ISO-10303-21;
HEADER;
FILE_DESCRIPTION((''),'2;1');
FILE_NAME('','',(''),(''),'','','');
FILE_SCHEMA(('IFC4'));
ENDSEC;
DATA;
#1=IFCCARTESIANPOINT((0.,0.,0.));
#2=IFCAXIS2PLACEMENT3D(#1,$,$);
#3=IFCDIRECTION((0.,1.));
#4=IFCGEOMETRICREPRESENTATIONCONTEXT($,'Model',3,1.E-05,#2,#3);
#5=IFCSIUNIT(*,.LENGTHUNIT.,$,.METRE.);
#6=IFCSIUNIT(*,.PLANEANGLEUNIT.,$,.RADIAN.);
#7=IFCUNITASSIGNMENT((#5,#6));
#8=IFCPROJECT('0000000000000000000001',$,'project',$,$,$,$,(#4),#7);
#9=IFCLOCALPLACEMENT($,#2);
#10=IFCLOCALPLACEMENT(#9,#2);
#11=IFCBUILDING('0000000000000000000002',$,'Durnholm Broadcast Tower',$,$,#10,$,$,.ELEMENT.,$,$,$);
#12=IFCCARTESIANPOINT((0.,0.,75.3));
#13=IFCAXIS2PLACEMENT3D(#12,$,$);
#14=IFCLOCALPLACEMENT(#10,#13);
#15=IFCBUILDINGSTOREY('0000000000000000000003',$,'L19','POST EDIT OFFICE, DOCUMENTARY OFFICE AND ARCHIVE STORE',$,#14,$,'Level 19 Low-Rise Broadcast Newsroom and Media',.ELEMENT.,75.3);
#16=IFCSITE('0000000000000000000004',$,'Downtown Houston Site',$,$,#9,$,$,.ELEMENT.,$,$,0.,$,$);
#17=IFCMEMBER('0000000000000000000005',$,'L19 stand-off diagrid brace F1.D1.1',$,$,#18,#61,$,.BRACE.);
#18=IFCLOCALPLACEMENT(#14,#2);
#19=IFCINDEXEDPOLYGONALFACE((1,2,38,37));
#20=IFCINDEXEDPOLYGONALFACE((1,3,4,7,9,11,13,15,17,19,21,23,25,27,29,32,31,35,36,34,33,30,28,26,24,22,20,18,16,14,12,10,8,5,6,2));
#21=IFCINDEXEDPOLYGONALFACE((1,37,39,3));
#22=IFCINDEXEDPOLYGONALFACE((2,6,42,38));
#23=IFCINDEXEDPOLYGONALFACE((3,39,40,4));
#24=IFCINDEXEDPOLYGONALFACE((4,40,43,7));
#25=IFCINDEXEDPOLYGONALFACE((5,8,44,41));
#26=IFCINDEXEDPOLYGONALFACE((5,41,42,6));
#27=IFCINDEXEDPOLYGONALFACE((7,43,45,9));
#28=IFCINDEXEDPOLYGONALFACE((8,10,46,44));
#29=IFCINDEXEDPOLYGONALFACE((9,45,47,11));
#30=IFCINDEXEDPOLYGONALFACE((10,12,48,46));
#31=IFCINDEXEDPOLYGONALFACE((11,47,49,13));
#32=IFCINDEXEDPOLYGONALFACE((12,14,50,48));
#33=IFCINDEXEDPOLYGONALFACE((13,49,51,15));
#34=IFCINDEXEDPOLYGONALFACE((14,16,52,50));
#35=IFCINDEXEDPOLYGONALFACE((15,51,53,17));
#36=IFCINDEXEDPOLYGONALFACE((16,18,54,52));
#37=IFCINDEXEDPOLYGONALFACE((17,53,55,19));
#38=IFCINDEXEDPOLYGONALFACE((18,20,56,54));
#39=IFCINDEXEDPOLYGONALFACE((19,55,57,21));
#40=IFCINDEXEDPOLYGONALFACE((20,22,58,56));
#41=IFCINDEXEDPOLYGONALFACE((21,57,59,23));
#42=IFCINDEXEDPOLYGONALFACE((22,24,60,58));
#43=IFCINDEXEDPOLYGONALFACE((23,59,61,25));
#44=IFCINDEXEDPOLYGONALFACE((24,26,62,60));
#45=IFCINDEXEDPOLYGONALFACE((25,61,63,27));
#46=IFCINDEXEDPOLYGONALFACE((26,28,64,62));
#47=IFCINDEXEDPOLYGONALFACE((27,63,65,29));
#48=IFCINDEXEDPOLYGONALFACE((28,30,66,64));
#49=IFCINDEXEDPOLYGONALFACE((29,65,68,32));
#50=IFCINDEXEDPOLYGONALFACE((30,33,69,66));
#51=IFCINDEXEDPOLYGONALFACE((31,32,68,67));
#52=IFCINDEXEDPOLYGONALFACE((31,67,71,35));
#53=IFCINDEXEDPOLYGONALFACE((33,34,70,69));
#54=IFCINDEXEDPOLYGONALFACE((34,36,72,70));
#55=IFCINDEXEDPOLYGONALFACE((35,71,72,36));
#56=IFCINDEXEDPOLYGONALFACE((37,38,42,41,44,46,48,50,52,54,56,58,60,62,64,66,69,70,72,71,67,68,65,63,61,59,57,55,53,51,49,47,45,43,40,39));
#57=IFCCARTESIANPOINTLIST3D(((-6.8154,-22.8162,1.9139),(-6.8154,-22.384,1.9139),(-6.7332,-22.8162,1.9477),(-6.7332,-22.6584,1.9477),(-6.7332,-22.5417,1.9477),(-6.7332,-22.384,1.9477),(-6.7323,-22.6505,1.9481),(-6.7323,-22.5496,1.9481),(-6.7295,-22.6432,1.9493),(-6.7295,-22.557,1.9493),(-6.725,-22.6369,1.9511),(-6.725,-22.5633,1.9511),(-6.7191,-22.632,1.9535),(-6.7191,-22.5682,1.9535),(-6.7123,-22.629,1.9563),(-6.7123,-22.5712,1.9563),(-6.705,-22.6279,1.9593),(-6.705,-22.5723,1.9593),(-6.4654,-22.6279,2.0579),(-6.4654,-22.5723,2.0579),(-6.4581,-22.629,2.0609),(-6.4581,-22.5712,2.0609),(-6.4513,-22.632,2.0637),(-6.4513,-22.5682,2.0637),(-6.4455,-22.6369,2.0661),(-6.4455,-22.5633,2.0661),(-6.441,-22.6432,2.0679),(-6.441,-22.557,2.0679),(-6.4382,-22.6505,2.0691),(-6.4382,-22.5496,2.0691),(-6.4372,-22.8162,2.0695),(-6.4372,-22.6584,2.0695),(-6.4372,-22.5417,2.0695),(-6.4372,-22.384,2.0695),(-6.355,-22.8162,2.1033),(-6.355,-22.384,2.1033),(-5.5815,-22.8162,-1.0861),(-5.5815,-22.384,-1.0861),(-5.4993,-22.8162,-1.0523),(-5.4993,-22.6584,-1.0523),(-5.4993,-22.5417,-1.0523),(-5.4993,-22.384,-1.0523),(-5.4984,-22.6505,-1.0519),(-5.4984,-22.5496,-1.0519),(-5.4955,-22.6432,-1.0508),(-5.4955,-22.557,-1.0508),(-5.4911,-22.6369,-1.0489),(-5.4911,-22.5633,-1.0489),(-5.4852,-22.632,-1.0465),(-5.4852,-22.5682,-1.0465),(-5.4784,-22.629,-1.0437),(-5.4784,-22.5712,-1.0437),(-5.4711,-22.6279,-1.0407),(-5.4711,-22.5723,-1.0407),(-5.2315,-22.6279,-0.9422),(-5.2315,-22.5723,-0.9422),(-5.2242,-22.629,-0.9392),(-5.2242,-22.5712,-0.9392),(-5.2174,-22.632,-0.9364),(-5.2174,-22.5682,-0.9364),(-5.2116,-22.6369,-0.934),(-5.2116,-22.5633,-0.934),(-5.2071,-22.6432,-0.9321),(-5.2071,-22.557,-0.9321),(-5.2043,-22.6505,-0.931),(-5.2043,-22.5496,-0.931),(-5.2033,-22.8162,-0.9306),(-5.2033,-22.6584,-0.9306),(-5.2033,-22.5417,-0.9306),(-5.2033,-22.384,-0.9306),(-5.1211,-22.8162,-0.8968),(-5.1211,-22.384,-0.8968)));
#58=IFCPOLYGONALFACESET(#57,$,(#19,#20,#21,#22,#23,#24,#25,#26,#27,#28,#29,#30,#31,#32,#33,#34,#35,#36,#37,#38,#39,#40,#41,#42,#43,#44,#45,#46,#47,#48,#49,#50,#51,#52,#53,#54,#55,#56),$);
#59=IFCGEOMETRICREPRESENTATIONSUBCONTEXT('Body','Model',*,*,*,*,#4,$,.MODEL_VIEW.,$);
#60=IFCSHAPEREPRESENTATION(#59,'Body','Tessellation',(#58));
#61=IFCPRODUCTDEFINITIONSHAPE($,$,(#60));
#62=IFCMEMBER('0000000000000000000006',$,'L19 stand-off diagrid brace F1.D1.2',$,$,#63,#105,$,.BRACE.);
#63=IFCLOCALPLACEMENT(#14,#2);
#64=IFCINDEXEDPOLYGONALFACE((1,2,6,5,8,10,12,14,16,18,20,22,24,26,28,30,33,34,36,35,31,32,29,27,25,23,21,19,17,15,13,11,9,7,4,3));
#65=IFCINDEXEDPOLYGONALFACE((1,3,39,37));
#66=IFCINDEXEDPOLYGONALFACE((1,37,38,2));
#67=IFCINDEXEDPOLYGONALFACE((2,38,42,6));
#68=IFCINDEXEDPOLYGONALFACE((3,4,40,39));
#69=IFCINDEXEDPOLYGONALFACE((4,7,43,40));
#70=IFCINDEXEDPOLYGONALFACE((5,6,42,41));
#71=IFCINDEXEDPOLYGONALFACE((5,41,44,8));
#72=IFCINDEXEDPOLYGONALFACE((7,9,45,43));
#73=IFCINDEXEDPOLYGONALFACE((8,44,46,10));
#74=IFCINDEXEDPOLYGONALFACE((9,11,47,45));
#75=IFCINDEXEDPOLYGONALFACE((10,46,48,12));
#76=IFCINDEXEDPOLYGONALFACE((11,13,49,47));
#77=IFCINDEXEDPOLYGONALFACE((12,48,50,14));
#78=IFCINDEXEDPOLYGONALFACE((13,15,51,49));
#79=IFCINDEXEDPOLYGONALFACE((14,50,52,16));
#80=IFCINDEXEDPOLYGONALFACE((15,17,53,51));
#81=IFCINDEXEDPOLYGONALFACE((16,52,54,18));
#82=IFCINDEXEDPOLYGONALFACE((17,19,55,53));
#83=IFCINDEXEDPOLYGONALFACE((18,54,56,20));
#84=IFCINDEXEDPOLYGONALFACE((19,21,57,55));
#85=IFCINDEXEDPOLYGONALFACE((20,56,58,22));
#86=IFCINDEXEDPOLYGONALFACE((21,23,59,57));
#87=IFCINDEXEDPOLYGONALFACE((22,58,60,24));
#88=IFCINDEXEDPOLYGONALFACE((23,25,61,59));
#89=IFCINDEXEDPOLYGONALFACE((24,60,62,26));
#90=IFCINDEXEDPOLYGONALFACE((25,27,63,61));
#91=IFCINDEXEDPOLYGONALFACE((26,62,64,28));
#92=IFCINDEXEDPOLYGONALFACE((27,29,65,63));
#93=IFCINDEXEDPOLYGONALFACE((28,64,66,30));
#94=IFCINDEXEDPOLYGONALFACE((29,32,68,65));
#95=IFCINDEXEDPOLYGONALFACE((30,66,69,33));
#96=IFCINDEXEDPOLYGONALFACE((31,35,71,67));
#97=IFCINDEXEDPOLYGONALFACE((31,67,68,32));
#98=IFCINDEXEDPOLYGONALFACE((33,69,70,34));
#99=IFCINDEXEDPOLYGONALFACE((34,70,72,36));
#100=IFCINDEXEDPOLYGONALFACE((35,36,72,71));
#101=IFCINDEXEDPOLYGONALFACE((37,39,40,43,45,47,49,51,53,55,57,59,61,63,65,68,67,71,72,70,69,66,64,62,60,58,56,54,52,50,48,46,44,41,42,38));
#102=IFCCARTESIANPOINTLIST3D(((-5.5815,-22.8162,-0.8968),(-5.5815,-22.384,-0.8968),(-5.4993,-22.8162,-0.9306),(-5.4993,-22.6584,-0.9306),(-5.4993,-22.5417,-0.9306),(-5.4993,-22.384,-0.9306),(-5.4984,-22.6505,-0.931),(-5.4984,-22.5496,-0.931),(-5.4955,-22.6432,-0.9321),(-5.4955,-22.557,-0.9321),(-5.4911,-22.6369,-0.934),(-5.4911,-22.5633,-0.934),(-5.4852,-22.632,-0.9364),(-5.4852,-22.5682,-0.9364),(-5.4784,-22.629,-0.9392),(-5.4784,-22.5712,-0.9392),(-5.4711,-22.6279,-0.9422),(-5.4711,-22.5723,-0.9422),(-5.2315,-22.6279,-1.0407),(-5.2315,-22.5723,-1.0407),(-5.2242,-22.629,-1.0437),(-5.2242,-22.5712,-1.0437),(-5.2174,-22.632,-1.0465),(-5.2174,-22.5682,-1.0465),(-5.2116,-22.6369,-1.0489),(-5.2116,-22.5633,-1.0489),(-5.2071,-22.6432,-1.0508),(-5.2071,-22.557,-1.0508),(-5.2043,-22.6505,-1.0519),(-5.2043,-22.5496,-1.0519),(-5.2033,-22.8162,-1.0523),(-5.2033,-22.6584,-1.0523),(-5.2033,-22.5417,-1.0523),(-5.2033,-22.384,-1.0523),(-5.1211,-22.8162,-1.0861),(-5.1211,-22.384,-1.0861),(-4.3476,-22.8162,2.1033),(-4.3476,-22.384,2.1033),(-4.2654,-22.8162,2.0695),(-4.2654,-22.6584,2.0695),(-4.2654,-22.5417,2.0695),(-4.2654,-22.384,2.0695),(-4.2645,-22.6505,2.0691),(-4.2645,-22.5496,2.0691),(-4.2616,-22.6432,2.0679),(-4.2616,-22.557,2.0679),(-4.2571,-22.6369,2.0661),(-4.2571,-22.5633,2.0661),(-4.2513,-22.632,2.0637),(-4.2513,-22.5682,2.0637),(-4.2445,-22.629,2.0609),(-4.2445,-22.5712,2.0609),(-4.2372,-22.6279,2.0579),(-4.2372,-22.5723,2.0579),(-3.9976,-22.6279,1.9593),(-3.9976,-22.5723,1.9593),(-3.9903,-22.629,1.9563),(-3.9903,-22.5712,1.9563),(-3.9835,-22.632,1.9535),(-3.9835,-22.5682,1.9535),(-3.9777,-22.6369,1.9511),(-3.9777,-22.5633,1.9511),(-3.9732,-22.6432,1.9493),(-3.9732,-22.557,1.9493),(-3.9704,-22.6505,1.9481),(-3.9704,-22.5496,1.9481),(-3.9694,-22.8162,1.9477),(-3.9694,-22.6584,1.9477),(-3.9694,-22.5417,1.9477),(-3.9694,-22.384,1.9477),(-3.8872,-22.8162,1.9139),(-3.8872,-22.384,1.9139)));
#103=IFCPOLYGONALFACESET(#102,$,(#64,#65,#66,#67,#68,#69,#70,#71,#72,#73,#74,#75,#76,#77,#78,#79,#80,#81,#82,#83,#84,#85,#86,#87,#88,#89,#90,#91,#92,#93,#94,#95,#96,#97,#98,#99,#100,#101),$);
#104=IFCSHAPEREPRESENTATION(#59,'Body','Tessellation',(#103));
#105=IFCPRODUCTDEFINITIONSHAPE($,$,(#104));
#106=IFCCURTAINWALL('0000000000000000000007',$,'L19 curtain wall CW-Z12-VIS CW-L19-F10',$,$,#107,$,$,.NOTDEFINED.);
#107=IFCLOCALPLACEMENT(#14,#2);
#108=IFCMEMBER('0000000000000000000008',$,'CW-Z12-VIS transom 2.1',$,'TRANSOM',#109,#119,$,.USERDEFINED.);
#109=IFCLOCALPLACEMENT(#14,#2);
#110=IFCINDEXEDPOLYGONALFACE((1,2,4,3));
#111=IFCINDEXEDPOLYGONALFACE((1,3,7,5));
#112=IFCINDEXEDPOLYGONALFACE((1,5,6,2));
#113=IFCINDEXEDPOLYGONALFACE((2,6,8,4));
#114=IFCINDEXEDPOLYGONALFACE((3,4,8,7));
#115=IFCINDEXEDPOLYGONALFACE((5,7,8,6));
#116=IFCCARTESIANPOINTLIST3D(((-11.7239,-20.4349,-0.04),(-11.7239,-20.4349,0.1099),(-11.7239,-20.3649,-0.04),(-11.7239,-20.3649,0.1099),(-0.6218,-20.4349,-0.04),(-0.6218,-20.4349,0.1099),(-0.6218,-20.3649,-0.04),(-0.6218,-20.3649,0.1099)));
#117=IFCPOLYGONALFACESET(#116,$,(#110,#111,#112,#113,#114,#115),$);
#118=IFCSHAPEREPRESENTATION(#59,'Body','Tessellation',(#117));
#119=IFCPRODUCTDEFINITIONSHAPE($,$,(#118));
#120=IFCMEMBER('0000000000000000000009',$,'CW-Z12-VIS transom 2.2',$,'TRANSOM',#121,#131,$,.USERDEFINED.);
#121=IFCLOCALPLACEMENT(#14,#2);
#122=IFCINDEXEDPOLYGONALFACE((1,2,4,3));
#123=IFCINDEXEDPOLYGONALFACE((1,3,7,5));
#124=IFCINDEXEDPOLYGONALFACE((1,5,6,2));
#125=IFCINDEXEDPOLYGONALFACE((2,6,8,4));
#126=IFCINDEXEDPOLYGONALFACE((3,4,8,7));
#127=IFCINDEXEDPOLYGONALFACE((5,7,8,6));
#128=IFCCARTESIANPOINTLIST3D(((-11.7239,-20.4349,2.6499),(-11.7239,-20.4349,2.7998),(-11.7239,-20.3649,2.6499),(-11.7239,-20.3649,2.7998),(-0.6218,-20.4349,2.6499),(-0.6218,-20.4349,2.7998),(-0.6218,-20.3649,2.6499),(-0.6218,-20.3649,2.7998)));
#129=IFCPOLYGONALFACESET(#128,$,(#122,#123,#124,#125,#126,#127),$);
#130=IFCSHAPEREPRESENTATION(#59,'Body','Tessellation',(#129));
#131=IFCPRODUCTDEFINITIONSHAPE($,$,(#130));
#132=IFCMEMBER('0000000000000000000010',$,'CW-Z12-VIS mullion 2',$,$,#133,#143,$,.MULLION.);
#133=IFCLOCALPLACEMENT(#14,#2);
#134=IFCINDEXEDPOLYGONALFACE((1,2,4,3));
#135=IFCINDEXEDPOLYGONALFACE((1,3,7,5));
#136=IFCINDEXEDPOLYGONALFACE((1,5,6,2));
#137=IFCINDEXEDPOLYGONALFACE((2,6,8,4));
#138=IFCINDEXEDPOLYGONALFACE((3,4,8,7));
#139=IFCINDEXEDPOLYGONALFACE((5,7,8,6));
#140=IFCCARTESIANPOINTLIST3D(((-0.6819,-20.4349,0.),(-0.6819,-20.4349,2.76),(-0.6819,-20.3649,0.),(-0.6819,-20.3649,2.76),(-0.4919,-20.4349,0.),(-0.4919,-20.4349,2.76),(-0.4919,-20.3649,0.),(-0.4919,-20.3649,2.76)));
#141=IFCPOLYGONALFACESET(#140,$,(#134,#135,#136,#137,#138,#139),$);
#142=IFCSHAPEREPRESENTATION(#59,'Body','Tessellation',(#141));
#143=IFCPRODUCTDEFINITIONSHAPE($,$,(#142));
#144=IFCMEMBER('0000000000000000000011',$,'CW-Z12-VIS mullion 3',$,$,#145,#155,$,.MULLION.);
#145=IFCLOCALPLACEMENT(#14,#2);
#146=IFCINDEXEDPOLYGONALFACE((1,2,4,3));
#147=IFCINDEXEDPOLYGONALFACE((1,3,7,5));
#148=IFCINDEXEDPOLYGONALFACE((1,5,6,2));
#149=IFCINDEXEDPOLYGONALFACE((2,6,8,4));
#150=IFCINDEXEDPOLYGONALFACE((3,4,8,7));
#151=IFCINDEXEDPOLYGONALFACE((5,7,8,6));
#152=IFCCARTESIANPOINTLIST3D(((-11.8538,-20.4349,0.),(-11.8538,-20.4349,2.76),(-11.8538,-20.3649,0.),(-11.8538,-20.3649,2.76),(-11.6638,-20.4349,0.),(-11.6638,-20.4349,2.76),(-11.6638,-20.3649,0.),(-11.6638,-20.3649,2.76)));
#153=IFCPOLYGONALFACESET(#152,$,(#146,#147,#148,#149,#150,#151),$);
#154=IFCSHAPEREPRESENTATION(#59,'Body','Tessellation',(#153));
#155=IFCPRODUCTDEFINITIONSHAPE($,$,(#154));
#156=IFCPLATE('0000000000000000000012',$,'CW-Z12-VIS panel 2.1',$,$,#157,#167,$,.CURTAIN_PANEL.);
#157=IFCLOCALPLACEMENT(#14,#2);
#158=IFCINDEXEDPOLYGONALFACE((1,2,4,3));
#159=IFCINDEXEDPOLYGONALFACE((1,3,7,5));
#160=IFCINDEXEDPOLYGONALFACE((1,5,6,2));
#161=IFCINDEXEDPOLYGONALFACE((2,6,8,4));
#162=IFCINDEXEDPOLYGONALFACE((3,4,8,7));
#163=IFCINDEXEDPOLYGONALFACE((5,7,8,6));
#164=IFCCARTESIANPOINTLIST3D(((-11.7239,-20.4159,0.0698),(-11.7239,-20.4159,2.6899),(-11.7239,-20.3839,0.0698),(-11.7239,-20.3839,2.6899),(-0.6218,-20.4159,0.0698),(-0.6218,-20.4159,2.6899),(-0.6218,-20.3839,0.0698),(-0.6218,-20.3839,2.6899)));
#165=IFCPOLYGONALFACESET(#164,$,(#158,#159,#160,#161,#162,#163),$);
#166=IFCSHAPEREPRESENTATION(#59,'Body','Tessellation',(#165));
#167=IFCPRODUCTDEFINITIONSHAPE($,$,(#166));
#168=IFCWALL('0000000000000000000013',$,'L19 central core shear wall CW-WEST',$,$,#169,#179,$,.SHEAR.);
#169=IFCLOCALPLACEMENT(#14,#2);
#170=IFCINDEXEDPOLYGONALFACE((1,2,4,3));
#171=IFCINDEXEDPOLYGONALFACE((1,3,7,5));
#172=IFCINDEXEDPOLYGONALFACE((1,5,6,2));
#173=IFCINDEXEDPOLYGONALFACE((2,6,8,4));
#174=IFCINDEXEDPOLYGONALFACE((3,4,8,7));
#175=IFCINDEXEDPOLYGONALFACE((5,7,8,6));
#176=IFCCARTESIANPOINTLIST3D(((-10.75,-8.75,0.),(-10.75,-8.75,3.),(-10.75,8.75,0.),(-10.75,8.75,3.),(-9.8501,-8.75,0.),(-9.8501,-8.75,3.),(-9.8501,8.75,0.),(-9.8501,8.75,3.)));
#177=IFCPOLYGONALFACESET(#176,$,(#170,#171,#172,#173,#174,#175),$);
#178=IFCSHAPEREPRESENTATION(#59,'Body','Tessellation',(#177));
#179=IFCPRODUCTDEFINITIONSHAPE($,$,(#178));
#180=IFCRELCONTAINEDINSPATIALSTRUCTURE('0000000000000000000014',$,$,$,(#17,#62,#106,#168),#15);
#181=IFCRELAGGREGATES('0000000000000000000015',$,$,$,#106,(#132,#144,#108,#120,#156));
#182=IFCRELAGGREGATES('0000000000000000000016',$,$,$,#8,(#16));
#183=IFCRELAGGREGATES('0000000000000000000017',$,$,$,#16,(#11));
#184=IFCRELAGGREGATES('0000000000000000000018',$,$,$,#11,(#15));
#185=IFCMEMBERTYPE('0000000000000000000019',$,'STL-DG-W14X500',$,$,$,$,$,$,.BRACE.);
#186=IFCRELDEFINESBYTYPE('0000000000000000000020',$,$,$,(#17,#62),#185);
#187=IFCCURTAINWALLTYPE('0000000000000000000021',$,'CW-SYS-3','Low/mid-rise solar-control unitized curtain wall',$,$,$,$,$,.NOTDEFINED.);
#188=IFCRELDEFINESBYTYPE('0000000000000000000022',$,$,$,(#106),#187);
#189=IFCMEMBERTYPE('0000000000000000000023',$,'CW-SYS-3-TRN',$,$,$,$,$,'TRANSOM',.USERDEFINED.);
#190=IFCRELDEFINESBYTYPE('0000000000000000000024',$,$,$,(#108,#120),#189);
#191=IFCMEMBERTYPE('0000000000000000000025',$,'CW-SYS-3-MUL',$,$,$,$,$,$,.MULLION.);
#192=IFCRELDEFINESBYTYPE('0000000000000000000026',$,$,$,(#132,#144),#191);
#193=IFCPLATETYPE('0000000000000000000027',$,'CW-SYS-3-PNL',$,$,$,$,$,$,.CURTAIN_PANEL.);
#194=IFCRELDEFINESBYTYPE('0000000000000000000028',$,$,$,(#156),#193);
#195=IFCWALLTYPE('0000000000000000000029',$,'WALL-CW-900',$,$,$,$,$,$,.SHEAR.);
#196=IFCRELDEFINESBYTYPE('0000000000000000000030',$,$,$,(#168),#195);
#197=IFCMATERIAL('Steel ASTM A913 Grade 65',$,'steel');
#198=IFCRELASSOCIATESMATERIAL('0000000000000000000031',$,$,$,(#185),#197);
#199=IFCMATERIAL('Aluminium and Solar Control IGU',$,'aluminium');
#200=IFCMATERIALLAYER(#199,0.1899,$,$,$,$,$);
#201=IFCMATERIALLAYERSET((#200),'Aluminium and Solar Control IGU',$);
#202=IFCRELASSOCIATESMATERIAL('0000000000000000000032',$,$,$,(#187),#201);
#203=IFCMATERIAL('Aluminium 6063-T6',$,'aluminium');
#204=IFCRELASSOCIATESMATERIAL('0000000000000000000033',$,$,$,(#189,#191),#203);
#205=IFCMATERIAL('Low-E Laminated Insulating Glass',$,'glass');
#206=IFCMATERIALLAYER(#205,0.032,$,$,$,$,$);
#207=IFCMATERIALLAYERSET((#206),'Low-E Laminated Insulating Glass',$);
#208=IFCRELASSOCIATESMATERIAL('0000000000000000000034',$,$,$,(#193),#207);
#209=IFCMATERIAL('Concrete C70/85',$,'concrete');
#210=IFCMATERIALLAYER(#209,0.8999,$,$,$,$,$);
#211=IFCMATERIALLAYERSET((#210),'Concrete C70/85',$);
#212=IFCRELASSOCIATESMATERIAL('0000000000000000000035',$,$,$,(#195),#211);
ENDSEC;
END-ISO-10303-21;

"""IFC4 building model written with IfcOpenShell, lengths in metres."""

from ifc_helpers import new_model, si_unit, direction, frame, frame_2d, origin, origin_2d, place, context, subcontext, project, spatial, rectangle, i_section, extrude, source, transform, mapped, material, layer, layer_set, material_profile, profile_set, type_object, type_shapes, element, aggregate, save


model = new_model("IFC4")

# Units and contexts
model_context = context("Model", 3, precision=1e-05, world=origin(), true_north=direction((0.0, 1.0)))
body_context = subcontext(model_context, "Body", "Model", "MODEL_VIEW")
ifc_project = project(units=[si_unit("LENGTHUNIT", "METRE"), si_unit("PLANEANGLEUNIT", "RADIAN")], contexts=[model_context])

# Site, building, storey
site_placement = place(None, origin())
site = spatial("IfcSite", under=ifc_project, at=site_placement, Name="Downtown Houston Site", CompositionType="ELEMENT", RefElevation=0.0)
building_placement = place(site_placement, origin())
building = spatial("IfcBuilding", under=site, at=building_placement, Name="Durnholm Broadcast Tower", CompositionType="ELEMENT")
storey_placement = place(building_placement, frame((0.0, 0.0, 75.3)))
storey = spatial("IfcBuildingStorey", under=building, at=storey_placement, Name="L19", Description="POST EDIT OFFICE, DOCUMENTARY OFFICE AND ARCHIVE STORE", LongName="Level 19 Low-Rise Broadcast Newsroom and Media", CompositionType="ELEMENT", Elevation=75.3)

# Shared definitions
ifc_material_1 = material(Name="Concrete C70/85", Category="concrete")

# Members
ifc_material_2 = material(Name="Steel ASTM A913 Grade 65", Category="steel")
ifc_material_profile_1 = material_profile(ifc_material_2, i_section(OverallWidth=0.4321, OverallDepth=0.4978, WebThickness=0.0557, FlangeThickness=0.0889, FilletRadius=0.0305, at=origin_2d()), Name="W14X500")
ifc_profile_set_1 = profile_set([ifc_material_profile_1], Name="Steel ASTM A913 Grade 65")
member_type_1 = type_object("IfcMemberType", Name="STL-DG-W14X500", PredefinedType="BRACE", material=ifc_profile_set_1)
shared_shape_1 = source(origin(), body_context, "Body", "SweptSolid", [
    extrude(i_section(OverallWidth=0.4321, OverallDepth=0.4978, WebThickness=0.0557, FlangeThickness=0.0889, FilletRadius=0.0305, at=origin_2d()), origin(), (0.0, 0.0, 1.0), 3.2439),
])
type_shapes(member_type_1, [shared_shape_1])
for number, where, z_axis, x_axis, name in (
    (1, (-5.3513, -22.6001, -0.9915), (-0.380379, 0.0, 0.924831), (0.0, -1.0, 0.0), "L19 stand-off diagrid brace F1.D1.1"),
    (2, (-5.3513, -22.6001, -0.9915), (0.380379, 0.0, 0.924831), (0.0, 1.0, 0.0), "L19 stand-off diagrid brace F1.D1.2"),
):
    element("IfcMember", number, at=place(storey_placement, frame(where, z_axis=z_axis, x_axis=x_axis)), inside=storey, type_object=member_type_1, Name=name, PredefinedType="BRACE", context=body_context, shape_type="MappedRepresentation", body=[
        mapped(shared_shape_1, transform((0.0, 0.0, 0.0), x_axis=(1.0, 0.0, 0.0), y_axis=(0.0, 1.0, 0.0), z_axis=(0.0, 0.0, 1.0), scale=1.0)),
    ])

# Curtain wall, members, plate
ifc_material_3 = material(Name="Aluminium and Solar Control IGU", Category="aluminium")
ifc_layer_1 = layer(ifc_material_3, 0.1899)
ifc_layer_set_1 = layer_set([ifc_layer_1], Name="Aluminium and Solar Control IGU")
curtain_wall_type = type_object("IfcCurtainWallType", Name="CW-SYS-3", Description="Low/mid-rise solar-control unitized curtain wall", PredefinedType="NOTDEFINED", material=ifc_layer_set_1)
curtain_wall_placement = place(storey_placement, origin())
curtain_wall = element("IfcCurtainWall", 3, at=curtain_wall_placement, inside=storey, type_object=curtain_wall_type, Name="L19 curtain wall CW-Z12-VIS CW-L19-F10", PredefinedType="NOTDEFINED")
ifc_material_4 = material(Name="Aluminium 6063-T6", Category="aluminium")
ifc_material_profile_2 = material_profile(ifc_material_4, rectangle(XDim=0.0701, YDim=0.1499, at=origin_2d()), Name="CWT70X150")
ifc_profile_set_2 = profile_set([ifc_material_profile_2], Name="Aluminium 6063-T6")
member_type_2 = type_object("IfcMemberType", Name="CW-SYS-3-TRN", ElementType="TRANSOM", PredefinedType="USERDEFINED", material=ifc_profile_set_2)
shared_shape_2 = source(origin(), body_context, "Body", "SweptSolid", [
    extrude(rectangle(XDim=0.0701, YDim=0.1499, at=origin_2d()), origin(), (0.0, 0.0, 1.0), 11.1021),
])
type_shapes(member_type_2, [shared_shape_2])
member_1_placement = place(storey_placement, frame((-0.6218, -20.3999, 0.0349), z_axis=(-1.0, 0.0, 0.0), x_axis=(0.0, -1.0, 0.0)))
member_1 = element("IfcMember", 4, at=member_1_placement, type_object=member_type_2, Name="CW-Z12-VIS transom 2.1", ObjectType="TRANSOM", PredefinedType="USERDEFINED", context=body_context, shape_type="MappedRepresentation", body=[
    mapped(shared_shape_2, transform((0.0, 0.0, 0.0), x_axis=(1.0, 0.0, 0.0), y_axis=(0.0, 1.0, 0.0), z_axis=(0.0, 0.0, 1.0), scale=1.0)),
])
member_2_placement = place(storey_placement, frame((-0.6218, -20.3999, 2.7249), z_axis=(-1.0, 0.0, 0.0), x_axis=(0.0, -1.0, 0.0)))
member_2 = element("IfcMember", 5, at=member_2_placement, type_object=member_type_2, Name="CW-Z12-VIS transom 2.2", ObjectType="TRANSOM", PredefinedType="USERDEFINED", context=body_context, shape_type="MappedRepresentation", body=[
    mapped(shared_shape_2, transform((0.0, 0.0, 0.0), x_axis=(1.0, 0.0, 0.0), y_axis=(0.0, 1.0, 0.0), z_axis=(0.0, 0.0, 1.0), scale=1.0)),
])
ifc_material_profile_3 = material_profile(ifc_material_4, rectangle(XDim=0.0701, YDim=0.1899, at=origin_2d()), Name="CWM70X190")
ifc_profile_set_3 = profile_set([ifc_material_profile_3], Name="Aluminium 6063-T6")
member_type_3 = type_object("IfcMemberType", Name="CW-SYS-3-MUL", PredefinedType="MULLION", material=ifc_profile_set_3)
shared_shape_3 = source(origin(), body_context, "Body", "SweptSolid", [
    extrude(rectangle(XDim=0.0701, YDim=0.1899, at=origin_2d()), origin(), (0.0, 0.0, 1.0), 2.76),
])
type_shapes(member_type_3, [shared_shape_3])
member_3_placement = place(storey_placement, frame((-0.5869, -20.3999, 0.0), z_axis=(0.0, 0.0, 1.0), x_axis=(0.0, -1.0, 0.0)))
member_3 = element("IfcMember", 6, at=member_3_placement, type_object=member_type_3, Name="CW-Z12-VIS mullion 2", PredefinedType="MULLION", context=body_context, shape_type="MappedRepresentation", body=[
    mapped(shared_shape_3, transform((0.0, 0.0, 0.0), x_axis=(1.0, 0.0, 0.0), y_axis=(0.0, 1.0, 0.0), z_axis=(0.0, 0.0, 1.0), scale=1.0)),
])
member_4_placement = place(storey_placement, frame((-11.7588, -20.3999, 0.0), z_axis=(0.0, 0.0, 1.0), x_axis=(0.0, -1.0, 0.0)))
member_4 = element("IfcMember", 7, at=member_4_placement, type_object=member_type_3, Name="CW-Z12-VIS mullion 3", PredefinedType="MULLION", context=body_context, shape_type="MappedRepresentation", body=[
    mapped(shared_shape_3, transform((0.0, 0.0, 0.0), x_axis=(1.0, 0.0, 0.0), y_axis=(0.0, 1.0, 0.0), z_axis=(0.0, 0.0, 1.0), scale=1.0)),
])
ifc_material_5 = material(Name="Low-E Laminated Insulating Glass", Category="glass")
ifc_layer_2 = layer(ifc_material_5, 0.032)
ifc_layer_set_2 = layer_set([ifc_layer_2], Name="Low-E Laminated Insulating Glass")
plate_type = type_object("IfcPlateType", Name="CW-SYS-3-PNL", PredefinedType="CURTAIN_PANEL", material=ifc_layer_set_2)
shared_shape_4 = source(origin(), body_context, "Body", "SweptSolid", [
    extrude(rectangle(XDim=11.1021, YDim=0.032, at=origin_2d()), origin(), (0.0, 0.0, 1.0), 2.6201),
])
type_shapes(plate_type, [shared_shape_4])
plate_placement = place(storey_placement, frame((-6.1729, -20.3999, 0.0698), z_axis=(0.0, 0.0, 1.0), x_axis=(-1.0, 0.0, 0.0)))
plate = element("IfcPlate", 8, at=plate_placement, type_object=plate_type, Name="CW-Z12-VIS panel 2.1", PredefinedType="CURTAIN_PANEL", context=body_context, shape_type="MappedRepresentation", body=[
    mapped(shared_shape_4, transform((0.0, 0.0, 0.0), x_axis=(1.0, 0.0, 0.0), y_axis=(0.0, 1.0, 0.0), z_axis=(0.0, 0.0, 1.0), scale=1.0)),
])
aggregate(curtain_wall, [member_3, member_4, member_1, member_2, plate])

# Wall
ifc_layer_3 = layer(ifc_material_1, 0.8999)
ifc_layer_set_3 = layer_set([ifc_layer_3], Name="Concrete C70/85")
wall_type_1 = type_object("IfcWallType", Name="WALL-CW-900", PredefinedType="SHEAR", material=ifc_layer_set_3)
wall_1_placement = place(storey_placement, frame((-10.3, -8.75, 0.0), z_axis=(0.0, 0.0, 1.0), x_axis=(0.0, 1.0, 0.0)))
element("IfcWall", 9, at=wall_1_placement, inside=storey, type_object=wall_type_1, Name="L19 central core shear wall CW-WEST", PredefinedType="SHEAR", context=body_context, shape_type="SweptSolid", body=[
    extrude(rectangle(XDim=17.5, YDim=0.8999, at=frame_2d((8.75, 0.0))), origin(), (0.0, 0.0, 1.0), 3.0),
])

save(model, "model.ifc")
